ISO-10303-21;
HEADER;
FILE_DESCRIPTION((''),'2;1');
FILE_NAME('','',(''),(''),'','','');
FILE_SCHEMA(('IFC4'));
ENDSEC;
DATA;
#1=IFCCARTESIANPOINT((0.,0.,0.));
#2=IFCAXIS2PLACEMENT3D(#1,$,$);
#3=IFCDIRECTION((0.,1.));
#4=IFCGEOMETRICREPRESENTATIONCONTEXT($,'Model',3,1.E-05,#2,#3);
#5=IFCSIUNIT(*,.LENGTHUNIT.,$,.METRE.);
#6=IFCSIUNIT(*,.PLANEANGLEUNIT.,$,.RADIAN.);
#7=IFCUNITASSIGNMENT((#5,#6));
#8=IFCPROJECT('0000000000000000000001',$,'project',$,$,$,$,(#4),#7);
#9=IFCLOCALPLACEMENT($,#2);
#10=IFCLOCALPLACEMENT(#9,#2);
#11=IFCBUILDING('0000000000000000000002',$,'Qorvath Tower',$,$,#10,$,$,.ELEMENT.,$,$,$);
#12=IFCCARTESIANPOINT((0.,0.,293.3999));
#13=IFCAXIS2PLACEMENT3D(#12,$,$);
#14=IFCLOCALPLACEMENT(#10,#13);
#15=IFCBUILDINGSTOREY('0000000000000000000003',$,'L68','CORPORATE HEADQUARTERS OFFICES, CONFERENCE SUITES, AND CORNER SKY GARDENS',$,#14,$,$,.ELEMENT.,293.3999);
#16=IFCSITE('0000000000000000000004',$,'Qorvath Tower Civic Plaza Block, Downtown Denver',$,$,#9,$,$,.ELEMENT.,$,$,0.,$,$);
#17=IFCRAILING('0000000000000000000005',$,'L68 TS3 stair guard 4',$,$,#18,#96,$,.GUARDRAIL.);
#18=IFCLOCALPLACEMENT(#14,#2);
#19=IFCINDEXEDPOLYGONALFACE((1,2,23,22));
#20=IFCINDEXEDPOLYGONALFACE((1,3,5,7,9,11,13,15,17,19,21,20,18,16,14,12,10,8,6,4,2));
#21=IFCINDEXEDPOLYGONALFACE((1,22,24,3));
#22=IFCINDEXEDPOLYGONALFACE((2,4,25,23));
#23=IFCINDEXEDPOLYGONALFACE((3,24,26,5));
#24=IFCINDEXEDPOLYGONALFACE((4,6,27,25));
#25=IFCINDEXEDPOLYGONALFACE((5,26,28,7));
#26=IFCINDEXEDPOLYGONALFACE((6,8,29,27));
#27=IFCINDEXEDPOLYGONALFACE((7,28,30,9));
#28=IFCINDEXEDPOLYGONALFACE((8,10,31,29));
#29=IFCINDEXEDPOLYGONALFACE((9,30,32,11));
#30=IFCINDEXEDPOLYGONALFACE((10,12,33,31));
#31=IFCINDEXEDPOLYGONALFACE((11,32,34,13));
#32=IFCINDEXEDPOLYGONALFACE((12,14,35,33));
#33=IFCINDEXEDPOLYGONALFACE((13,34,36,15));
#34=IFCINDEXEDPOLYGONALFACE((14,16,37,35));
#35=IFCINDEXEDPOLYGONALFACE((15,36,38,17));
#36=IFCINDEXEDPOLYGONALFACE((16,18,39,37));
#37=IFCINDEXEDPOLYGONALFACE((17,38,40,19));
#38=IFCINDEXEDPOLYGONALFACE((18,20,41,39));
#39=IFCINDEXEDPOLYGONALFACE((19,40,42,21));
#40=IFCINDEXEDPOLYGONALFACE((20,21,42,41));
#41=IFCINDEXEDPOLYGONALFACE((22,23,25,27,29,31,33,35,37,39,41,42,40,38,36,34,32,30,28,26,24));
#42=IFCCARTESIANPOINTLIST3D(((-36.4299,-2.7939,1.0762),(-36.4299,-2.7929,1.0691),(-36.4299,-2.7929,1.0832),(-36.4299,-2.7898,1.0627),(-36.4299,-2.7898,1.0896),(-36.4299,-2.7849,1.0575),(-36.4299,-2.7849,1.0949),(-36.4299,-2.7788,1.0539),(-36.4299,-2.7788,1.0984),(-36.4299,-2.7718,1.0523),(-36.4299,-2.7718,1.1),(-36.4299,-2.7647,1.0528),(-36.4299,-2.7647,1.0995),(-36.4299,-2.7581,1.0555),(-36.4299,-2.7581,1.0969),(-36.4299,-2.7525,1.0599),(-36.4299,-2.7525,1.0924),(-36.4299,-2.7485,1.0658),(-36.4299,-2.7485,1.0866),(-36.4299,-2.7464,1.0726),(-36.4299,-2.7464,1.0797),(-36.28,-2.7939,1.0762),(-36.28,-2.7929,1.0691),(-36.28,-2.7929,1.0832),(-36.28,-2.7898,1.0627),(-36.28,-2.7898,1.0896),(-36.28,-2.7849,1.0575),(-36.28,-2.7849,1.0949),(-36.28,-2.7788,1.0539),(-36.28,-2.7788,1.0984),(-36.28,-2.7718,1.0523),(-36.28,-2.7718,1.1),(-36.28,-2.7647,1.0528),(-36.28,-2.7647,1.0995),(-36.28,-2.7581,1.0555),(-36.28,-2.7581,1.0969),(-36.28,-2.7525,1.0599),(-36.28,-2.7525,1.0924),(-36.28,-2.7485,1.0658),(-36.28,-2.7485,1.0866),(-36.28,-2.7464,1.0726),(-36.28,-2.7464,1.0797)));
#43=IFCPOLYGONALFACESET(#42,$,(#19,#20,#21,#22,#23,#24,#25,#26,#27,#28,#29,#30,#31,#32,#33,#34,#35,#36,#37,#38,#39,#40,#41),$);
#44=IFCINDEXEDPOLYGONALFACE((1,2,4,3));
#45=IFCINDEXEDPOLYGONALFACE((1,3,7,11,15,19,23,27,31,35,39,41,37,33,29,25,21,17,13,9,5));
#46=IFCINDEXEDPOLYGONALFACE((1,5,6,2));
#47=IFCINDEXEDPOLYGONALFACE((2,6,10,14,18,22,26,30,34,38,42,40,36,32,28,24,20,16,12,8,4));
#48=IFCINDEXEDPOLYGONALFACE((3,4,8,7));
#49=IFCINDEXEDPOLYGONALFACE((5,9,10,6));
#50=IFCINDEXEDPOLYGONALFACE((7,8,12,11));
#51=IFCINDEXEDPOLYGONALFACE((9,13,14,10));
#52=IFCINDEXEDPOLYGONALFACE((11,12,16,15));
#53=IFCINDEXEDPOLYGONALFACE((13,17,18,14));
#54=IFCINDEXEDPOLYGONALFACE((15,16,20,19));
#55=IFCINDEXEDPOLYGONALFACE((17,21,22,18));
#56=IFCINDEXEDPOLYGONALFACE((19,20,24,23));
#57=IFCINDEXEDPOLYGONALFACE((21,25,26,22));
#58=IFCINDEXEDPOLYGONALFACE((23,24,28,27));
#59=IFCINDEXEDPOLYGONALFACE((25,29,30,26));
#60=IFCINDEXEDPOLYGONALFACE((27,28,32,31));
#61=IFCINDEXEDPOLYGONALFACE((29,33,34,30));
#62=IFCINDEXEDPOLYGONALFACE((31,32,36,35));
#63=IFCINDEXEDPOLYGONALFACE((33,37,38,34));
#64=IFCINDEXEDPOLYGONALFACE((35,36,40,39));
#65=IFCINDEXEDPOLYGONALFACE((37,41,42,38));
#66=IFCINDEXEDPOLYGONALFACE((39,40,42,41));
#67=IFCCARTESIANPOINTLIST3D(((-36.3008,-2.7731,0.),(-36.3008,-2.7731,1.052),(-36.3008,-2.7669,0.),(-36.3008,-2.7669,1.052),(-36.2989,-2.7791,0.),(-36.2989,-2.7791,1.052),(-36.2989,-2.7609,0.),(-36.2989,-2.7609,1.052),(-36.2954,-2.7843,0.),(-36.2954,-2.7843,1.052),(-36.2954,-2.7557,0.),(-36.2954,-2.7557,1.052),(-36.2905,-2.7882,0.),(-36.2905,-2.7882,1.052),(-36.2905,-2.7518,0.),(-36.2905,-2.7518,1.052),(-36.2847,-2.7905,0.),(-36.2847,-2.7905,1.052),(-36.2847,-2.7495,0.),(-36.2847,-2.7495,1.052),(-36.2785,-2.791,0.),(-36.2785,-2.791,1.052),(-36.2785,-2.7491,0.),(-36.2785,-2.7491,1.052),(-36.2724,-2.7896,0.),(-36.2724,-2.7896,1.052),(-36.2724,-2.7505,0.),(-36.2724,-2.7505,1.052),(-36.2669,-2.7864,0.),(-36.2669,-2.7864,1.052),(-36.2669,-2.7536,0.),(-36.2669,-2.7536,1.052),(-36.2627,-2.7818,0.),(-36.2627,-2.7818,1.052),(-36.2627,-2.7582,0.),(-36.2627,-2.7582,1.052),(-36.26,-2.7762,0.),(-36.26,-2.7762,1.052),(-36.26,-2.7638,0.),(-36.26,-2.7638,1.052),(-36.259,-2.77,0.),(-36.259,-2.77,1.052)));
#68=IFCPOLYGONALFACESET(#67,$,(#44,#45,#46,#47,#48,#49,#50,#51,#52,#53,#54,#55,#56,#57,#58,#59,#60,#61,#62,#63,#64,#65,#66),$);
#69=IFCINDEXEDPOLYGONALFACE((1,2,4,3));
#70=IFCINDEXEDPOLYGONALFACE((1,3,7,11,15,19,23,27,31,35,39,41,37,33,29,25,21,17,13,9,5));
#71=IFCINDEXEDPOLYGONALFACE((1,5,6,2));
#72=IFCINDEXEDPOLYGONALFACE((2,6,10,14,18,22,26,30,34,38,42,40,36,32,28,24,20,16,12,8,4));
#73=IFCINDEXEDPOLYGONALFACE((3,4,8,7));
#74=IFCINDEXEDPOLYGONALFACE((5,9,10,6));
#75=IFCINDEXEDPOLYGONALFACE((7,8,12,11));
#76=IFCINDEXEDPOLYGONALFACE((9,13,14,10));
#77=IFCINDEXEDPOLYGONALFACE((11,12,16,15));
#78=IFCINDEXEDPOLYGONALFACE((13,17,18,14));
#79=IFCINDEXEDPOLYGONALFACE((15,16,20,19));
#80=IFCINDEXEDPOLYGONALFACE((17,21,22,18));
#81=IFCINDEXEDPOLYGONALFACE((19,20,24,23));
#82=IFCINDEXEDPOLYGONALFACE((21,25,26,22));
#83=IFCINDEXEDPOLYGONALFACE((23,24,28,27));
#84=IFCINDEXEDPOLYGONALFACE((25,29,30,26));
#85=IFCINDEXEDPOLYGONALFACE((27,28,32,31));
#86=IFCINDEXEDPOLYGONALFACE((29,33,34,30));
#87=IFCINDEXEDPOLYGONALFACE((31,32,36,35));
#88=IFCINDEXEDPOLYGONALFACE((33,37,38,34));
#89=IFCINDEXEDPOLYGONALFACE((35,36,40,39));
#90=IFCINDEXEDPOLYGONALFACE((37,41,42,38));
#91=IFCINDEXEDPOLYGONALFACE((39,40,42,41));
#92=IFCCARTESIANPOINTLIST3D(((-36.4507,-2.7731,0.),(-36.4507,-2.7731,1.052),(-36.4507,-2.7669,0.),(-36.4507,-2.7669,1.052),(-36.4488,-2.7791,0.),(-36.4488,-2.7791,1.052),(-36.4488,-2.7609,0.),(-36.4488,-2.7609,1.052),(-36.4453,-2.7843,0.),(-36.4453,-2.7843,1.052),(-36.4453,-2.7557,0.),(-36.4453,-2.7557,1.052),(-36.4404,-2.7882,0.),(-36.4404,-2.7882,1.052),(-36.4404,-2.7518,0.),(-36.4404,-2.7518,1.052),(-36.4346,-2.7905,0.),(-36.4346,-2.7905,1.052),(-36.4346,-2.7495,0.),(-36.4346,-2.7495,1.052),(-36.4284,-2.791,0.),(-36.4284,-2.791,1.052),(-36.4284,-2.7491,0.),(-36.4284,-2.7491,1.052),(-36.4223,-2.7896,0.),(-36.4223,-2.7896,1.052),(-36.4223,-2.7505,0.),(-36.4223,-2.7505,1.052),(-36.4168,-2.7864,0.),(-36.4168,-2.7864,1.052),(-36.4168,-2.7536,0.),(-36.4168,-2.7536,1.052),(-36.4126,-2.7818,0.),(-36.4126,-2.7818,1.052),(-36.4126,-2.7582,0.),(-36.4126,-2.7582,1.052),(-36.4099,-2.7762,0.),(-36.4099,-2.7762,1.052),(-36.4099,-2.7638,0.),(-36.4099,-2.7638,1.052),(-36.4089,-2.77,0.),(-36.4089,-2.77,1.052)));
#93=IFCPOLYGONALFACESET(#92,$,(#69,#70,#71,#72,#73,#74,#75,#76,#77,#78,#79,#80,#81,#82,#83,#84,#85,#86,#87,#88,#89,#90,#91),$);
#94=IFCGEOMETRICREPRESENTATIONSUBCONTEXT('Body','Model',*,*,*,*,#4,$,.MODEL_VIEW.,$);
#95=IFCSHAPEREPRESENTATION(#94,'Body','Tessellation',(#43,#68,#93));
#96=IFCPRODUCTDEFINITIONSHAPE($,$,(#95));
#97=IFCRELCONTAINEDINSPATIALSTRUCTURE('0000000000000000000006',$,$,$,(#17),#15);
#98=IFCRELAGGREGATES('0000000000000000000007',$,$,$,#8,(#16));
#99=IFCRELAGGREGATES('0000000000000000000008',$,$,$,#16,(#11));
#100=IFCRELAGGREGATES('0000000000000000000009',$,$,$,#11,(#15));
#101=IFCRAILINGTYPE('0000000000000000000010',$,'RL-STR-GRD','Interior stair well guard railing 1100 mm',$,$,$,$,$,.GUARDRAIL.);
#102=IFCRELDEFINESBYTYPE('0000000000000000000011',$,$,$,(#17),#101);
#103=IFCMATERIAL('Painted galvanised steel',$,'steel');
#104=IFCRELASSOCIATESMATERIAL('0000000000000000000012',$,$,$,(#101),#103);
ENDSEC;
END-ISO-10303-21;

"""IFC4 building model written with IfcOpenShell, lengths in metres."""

from ifc_helpers import new_model, si_unit, direction, frame, origin, origin_2d, place, context, subcontext, project, spatial, circle, extrude, material, type_object, element, save


model = new_model("IFC4")

# Units and contexts
model_context = context("Model", 3, precision=1e-05, world=origin(), true_north=direction((0.0, 1.0)))
body_context = subcontext(model_context, "Body", "Model", "MODEL_VIEW")
ifc_project = project(units=[si_unit("LENGTHUNIT", "METRE"), si_unit("PLANEANGLEUNIT", "RADIAN")], contexts=[model_context])

# Site, building, storey
site_placement = place(None, origin())
site = spatial("IfcSite", under=ifc_project, at=site_placement, Name="Qorvath Tower Civic Plaza Block, Downtown Denver", CompositionType="ELEMENT", RefElevation=0.0)
building_placement = place(site_placement, origin())
building = spatial("IfcBuilding", under=site, at=building_placement, Name="Qorvath Tower", CompositionType="ELEMENT")
storey_placement = place(building_placement, frame((0.0, 0.0, 293.3999)))
storey = spatial("IfcBuildingStorey", under=building, at=storey_placement, Name="L68", Description="CORPORATE HEADQUARTERS OFFICES, CONFERENCE SUITES, AND CORNER SKY GARDENS", CompositionType="ELEMENT", Elevation=293.3999)

# Railing
ifc_material_1 = material(Name="Painted galvanised steel", Category="steel")
railing_type_1 = type_object("IfcRailingType", Name="RL-STR-GRD", Description="Interior stair well guard railing 1100 mm", PredefinedType="GUARDRAIL", material=ifc_material_1)
railing_1_placement = place(storey_placement, frame((-36.28, -2.77, 0.0)))
element("IfcRailing", 1, at=railing_1_placement, inside=storey, type_object=railing_type_1, Name="L68 TS3 stair guard 4", PredefinedType="GUARDRAIL", context=body_context, shape_type="SweptSolid", body=[
    extrude(circle(Radius=0.0239, at=origin_2d()), frame((0.0, 0.0, 1.0762), z_axis=(-1.0, 0.0, 0.0), x_axis=(0.0, -1.0, 0.0)), (0.0, 0.0, 1.0), 0.1499),
    extrude(circle(Radius=0.021, at=origin_2d()), origin(), (0.0, 0.0, 1.0), 1.052),
    extrude(circle(Radius=0.021, at=origin_2d()), frame((-0.1499, 0.0, 0.0)), (0.0, 0.0, 1.0), 1.052),
])

save(model, "model.ifc")
